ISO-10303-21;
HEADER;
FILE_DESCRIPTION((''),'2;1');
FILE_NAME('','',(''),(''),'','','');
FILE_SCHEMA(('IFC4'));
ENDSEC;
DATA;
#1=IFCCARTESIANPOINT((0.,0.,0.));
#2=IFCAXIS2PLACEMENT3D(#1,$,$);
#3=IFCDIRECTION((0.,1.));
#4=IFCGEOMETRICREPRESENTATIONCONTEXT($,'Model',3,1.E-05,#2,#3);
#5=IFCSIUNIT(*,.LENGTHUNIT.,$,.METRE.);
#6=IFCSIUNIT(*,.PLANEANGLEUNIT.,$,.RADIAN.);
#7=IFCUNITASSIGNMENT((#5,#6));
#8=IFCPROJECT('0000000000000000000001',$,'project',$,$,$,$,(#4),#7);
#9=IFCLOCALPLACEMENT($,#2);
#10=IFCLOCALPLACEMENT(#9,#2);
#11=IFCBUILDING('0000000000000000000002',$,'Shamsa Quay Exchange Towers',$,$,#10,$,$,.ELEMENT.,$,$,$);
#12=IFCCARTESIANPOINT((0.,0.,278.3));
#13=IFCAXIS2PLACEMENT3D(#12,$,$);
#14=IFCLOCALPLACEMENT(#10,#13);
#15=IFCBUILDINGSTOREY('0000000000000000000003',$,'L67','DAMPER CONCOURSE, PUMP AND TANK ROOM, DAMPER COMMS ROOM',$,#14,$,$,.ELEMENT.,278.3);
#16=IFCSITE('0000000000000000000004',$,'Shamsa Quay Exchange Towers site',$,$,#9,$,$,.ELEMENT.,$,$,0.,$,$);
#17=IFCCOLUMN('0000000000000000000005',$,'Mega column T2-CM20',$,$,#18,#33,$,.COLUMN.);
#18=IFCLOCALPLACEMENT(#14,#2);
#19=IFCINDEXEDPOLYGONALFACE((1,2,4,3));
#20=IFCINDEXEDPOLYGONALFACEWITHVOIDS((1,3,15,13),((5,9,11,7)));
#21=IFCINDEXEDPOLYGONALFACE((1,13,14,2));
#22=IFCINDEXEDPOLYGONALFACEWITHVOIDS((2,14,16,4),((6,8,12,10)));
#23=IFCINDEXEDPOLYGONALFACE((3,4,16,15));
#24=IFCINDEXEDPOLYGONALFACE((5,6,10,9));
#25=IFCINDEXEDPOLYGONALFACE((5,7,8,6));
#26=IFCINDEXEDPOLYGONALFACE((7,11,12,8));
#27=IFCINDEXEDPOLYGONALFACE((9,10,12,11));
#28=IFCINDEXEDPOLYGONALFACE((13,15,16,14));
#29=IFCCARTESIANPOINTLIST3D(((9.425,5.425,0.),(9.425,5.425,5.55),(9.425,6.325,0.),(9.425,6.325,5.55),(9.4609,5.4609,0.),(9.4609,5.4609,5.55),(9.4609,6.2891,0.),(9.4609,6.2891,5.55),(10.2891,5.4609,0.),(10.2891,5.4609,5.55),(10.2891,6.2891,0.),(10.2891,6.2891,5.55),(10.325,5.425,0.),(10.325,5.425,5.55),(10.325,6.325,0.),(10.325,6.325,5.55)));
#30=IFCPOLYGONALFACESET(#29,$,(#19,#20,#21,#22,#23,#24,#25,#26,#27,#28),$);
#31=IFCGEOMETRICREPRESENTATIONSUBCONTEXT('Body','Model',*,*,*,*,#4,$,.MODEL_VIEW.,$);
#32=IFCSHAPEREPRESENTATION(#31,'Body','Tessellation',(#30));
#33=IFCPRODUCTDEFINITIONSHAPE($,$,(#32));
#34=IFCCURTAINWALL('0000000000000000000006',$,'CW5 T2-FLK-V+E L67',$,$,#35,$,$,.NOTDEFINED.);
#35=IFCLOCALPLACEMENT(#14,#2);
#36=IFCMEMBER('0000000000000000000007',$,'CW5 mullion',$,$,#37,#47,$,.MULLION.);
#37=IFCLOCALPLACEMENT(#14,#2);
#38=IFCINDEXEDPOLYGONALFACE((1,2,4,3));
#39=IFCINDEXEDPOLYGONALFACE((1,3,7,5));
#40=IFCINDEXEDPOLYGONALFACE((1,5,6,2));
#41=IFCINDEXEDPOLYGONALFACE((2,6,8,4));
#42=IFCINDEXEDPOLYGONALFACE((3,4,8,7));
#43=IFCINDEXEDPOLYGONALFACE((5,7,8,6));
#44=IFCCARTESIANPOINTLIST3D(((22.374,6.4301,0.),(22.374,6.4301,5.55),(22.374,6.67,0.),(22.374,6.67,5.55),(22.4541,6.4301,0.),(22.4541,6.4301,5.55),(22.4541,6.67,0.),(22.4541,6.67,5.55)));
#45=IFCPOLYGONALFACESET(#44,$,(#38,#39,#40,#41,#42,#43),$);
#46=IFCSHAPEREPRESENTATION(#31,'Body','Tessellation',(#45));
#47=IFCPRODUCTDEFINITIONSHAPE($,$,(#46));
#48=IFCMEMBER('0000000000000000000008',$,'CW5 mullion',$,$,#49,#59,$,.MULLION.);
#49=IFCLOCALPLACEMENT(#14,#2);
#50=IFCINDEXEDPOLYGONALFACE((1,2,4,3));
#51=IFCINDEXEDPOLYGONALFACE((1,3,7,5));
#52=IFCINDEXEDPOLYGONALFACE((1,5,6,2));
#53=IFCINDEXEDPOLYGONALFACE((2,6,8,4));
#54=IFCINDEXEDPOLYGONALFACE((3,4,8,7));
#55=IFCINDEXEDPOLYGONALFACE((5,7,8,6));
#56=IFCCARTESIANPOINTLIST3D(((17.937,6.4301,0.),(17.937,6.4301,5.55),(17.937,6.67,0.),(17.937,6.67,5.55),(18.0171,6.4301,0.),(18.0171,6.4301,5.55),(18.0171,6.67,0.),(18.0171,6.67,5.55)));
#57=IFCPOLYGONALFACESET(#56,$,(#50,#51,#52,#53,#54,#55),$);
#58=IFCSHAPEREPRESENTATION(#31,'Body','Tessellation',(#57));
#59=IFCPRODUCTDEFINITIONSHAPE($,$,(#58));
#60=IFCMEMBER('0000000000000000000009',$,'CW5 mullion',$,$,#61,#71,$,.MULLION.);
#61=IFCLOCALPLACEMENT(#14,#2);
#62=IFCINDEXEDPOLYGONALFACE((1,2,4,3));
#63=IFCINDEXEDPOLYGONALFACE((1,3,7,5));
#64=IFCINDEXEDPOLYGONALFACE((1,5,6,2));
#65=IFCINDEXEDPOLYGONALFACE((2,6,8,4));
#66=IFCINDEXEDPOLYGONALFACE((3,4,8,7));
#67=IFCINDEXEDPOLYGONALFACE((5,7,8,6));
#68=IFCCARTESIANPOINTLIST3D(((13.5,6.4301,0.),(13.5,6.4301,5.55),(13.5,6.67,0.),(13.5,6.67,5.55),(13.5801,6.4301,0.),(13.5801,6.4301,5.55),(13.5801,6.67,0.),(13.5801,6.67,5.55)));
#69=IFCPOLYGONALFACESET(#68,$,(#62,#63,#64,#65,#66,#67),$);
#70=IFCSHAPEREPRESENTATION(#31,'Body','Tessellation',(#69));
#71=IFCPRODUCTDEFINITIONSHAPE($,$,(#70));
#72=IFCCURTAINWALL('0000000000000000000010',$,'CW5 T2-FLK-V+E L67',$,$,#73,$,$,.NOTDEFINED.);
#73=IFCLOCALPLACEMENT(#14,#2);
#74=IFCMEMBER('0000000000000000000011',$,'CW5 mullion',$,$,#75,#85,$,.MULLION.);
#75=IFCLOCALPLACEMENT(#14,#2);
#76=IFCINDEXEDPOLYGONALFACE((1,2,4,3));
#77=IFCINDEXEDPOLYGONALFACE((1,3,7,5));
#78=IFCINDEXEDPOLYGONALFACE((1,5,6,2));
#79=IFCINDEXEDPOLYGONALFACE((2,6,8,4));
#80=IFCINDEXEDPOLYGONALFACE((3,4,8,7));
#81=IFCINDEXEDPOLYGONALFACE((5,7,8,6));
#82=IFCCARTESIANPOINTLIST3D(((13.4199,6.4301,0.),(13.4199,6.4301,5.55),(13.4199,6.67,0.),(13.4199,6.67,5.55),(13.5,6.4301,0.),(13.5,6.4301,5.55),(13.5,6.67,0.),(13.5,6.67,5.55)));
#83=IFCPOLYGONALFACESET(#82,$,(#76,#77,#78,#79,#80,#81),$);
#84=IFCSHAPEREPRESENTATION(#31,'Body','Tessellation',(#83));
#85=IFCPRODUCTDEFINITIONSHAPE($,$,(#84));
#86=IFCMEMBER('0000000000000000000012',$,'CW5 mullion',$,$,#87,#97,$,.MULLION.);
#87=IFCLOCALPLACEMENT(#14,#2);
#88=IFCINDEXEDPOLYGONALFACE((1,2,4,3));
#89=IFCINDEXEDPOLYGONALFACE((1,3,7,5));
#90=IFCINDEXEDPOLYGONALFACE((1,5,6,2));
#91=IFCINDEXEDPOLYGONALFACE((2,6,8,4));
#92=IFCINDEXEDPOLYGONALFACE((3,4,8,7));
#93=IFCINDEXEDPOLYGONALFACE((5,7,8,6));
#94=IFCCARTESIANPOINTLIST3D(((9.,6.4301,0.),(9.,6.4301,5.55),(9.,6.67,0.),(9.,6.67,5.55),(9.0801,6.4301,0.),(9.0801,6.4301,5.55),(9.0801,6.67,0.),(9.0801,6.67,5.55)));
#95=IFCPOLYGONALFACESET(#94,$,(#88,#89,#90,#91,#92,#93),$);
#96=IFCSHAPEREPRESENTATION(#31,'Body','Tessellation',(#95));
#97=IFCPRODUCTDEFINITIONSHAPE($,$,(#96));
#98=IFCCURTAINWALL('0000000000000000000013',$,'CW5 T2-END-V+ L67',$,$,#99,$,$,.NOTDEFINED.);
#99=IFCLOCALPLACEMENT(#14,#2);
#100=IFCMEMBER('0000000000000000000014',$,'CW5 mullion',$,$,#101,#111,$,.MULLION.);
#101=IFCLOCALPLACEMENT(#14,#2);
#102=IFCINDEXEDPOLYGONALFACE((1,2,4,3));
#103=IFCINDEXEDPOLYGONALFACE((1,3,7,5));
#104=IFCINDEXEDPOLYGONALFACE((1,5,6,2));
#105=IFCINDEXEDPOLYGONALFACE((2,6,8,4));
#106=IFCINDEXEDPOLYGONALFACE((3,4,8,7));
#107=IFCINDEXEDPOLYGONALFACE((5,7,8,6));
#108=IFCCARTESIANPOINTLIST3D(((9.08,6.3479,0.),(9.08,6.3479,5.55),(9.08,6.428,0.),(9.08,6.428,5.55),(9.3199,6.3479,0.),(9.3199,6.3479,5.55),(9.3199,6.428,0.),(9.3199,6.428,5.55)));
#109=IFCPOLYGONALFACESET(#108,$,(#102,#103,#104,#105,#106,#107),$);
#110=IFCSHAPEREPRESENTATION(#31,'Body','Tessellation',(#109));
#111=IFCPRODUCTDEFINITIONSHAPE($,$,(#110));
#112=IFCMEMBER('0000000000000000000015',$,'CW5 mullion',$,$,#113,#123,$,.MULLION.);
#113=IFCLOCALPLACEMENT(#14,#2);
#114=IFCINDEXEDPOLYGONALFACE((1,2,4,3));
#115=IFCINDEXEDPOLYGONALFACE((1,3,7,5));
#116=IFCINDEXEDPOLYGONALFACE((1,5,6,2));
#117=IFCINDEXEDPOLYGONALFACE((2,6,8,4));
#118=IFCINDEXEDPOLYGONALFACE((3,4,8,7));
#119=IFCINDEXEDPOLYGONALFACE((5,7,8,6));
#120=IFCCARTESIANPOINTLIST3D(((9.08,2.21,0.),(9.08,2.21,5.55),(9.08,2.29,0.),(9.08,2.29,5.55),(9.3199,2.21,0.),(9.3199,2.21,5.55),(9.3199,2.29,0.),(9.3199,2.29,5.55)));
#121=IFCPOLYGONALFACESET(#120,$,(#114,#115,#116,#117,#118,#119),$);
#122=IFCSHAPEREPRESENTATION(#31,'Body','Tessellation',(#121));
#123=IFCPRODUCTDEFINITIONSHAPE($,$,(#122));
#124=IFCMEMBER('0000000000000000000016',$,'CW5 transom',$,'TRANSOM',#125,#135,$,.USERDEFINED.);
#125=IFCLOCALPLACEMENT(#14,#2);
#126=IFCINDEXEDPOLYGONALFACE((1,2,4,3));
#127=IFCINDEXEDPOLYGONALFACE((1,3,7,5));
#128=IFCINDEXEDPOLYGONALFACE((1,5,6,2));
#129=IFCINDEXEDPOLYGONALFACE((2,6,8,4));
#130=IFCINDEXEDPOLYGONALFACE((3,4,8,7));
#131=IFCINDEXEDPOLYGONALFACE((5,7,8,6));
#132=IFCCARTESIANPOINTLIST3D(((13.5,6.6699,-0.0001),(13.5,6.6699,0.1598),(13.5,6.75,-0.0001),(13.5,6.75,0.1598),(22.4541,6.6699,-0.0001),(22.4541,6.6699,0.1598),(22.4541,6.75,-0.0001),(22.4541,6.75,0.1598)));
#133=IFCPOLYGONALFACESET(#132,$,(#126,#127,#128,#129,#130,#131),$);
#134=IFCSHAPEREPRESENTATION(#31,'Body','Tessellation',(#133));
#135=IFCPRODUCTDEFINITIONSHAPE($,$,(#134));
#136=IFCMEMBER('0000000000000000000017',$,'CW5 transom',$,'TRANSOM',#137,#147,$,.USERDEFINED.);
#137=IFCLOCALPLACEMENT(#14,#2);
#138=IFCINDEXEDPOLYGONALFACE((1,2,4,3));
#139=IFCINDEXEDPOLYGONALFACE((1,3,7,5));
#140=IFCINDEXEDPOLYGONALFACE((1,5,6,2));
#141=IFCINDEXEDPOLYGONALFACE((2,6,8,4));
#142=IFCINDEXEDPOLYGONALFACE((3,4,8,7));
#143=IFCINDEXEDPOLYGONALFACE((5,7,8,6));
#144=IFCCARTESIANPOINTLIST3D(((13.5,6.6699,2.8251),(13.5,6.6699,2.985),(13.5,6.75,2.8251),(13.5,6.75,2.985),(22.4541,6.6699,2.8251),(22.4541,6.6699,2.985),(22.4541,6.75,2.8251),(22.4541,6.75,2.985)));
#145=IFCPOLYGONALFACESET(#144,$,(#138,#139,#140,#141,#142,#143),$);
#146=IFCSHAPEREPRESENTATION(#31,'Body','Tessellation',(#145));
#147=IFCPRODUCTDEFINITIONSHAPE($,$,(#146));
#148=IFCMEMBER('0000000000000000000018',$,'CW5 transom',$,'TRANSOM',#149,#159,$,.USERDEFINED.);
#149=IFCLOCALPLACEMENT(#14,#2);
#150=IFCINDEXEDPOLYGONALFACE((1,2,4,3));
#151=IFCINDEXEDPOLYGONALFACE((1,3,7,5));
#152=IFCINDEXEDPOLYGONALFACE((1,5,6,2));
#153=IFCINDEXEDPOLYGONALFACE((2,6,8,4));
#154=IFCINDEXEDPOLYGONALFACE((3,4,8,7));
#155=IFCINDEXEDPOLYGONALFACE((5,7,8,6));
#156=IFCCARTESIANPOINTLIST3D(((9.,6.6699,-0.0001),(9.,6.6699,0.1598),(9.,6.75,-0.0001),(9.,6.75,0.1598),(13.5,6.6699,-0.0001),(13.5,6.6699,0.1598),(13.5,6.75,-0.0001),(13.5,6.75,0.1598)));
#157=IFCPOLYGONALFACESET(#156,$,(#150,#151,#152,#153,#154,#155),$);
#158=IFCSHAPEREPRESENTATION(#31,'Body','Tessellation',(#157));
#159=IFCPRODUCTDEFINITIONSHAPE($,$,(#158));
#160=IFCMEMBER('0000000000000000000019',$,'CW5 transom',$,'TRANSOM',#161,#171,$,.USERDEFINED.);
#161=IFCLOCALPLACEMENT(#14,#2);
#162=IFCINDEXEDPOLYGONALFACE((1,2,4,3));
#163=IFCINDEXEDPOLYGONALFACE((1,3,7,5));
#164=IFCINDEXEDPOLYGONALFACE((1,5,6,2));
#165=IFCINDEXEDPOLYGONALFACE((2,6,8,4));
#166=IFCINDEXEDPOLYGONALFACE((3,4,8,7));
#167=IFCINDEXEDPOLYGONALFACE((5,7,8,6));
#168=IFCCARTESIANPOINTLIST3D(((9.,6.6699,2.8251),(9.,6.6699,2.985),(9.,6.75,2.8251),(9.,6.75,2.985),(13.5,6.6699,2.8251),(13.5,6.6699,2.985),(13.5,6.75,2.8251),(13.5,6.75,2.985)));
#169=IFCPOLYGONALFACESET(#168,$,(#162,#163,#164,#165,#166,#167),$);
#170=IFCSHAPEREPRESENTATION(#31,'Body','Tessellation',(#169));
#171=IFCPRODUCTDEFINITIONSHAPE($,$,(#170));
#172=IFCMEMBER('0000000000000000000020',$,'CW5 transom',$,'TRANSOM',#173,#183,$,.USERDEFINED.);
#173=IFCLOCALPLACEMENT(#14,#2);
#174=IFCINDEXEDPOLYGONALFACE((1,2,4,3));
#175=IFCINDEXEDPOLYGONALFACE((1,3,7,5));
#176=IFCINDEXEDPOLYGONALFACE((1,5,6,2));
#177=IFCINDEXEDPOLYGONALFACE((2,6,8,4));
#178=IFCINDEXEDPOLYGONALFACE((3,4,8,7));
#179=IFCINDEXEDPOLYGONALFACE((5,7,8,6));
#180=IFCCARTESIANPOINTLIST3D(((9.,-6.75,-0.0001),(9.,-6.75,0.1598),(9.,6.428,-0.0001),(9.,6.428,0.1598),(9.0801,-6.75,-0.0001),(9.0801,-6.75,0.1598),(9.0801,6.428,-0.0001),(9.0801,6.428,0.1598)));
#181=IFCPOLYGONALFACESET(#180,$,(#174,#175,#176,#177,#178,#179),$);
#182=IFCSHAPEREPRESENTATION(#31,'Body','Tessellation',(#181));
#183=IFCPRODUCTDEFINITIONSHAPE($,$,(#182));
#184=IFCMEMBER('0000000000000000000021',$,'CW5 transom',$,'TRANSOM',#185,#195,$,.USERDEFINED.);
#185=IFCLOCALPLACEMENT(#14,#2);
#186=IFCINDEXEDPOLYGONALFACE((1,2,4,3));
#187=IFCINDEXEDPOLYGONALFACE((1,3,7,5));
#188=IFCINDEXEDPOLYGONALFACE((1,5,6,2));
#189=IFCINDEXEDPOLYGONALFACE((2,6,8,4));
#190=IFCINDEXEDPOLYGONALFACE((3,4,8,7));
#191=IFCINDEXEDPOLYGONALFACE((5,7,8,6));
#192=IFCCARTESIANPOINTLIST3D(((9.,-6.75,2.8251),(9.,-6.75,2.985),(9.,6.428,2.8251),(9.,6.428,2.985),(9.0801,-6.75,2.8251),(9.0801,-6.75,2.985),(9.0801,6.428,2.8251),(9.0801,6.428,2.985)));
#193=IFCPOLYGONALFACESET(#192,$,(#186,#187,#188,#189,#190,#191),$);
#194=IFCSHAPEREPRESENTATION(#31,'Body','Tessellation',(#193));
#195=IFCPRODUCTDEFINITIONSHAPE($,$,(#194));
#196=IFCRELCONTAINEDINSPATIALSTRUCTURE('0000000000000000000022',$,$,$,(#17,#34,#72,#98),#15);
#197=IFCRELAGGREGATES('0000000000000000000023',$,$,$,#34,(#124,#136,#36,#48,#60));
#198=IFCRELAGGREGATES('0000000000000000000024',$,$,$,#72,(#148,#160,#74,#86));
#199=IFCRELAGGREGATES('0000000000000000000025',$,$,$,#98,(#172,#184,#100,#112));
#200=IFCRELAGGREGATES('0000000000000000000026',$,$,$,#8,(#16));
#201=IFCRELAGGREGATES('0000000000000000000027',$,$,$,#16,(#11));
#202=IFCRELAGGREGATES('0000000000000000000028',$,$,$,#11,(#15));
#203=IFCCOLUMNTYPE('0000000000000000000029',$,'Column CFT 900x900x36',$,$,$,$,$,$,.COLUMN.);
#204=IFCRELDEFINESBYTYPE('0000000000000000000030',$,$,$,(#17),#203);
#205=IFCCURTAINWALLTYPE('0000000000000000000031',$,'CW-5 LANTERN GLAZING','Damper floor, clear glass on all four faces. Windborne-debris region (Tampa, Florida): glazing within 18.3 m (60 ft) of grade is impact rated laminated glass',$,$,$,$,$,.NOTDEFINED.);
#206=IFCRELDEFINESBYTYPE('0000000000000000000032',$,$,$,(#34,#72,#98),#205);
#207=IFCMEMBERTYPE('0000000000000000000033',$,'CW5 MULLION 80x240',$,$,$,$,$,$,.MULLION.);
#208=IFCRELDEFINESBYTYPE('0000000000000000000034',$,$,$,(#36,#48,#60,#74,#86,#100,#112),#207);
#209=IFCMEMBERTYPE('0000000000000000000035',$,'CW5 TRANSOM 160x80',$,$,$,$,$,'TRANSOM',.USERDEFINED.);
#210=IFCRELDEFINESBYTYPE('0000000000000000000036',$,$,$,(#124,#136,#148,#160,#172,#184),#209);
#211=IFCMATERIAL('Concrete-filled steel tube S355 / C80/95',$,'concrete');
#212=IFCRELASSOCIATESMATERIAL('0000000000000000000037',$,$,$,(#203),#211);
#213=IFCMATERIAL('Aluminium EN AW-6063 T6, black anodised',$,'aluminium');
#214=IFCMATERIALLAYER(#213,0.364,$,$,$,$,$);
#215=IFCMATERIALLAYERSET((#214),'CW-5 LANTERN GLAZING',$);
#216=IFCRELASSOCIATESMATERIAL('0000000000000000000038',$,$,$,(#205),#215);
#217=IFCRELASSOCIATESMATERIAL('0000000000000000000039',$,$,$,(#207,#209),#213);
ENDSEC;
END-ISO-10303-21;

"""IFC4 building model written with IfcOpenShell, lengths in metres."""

from ifc_helpers import new_model, si_unit, direction, frame, origin, origin_2d, place, context, subcontext, project, spatial, rectangle, hollow_rectangle, extrude, material, layer, layer_set, material_profile, profile_set, type_object, element, aggregate, save


model = new_model("IFC4")

# Units and contexts
model_context = context("Model", 3, precision=1e-05, world=origin(), true_north=direction((0.0, 1.0)))
body_context = subcontext(model_context, "Body", "Model", "MODEL_VIEW")
ifc_project = project(units=[si_unit("LENGTHUNIT", "METRE"), si_unit("PLANEANGLEUNIT", "RADIAN")], contexts=[model_context])

# Site, building, storey
site_placement = place(None, origin())
site = spatial("IfcSite", under=ifc_project, at=site_placement, Name="Shamsa Quay Exchange Towers site", CompositionType="ELEMENT", RefElevation=0.0)
building_placement = place(site_placement, origin())
building = spatial("IfcBuilding", under=site, at=building_placement, Name="Shamsa Quay Exchange Towers", CompositionType="ELEMENT")
storey_placement = place(building_placement, frame((0.0, 0.0, 278.3)))
storey = spatial("IfcBuildingStorey", under=building, at=storey_placement, Name="L67", Description="DAMPER CONCOURSE, PUMP AND TANK ROOM, DAMPER COMMS ROOM", CompositionType="ELEMENT", Elevation=278.3)

# Column
ifc_material_1 = material(Name="Concrete-filled steel tube S355 / C80/95", Category="concrete")
ifc_material_profile_1 = material_profile(ifc_material_1, hollow_rectangle(XDim=0.8999, YDim=0.8999, WallThickness=0.0359, at=origin_2d()), Name="CFT 900x900x36")
ifc_profile_set_1 = profile_set([ifc_material_profile_1], Name="Concrete-filled steel tube S355 / C80/95")
column_type = type_object("IfcColumnType", Name="Column CFT 900x900x36", PredefinedType="COLUMN", material=ifc_profile_set_1)
column_placement = place(storey_placement, frame((9.875, 5.875, 0.0)))
element("IfcColumn", 1, at=column_placement, inside=storey, type_object=column_type, Name="Mega column T2-CM20", PredefinedType="COLUMN", context=body_context, shape_type="SweptSolid", body=[
    extrude(hollow_rectangle(XDim=0.8999, YDim=0.8999, WallThickness=0.0359, at=origin_2d()), origin(), (0.0, 0.0, 1.0), 5.55),
])

# Curtain walls, members
ifc_material_2 = material(Name="Aluminium EN AW-6063 T6, black anodised", Category="aluminium")
ifc_layer_1 = layer(ifc_material_2, 0.364)
ifc_layer_set_1 = layer_set([ifc_layer_1], Name="CW-5 LANTERN GLAZING")
curtain_wall_type = type_object("IfcCurtainWallType", Name="CW-5 LANTERN GLAZING", Description="Damper floor, clear glass on all four faces. Windborne-debris region (Tampa, Florida): glazing within 18.3 m (60 ft) of grade is impact rated laminated glass", PredefinedType="NOTDEFINED", material=ifc_layer_set_1)
curtain_wall_1_placement = place(storey_placement, origin())
curtain_wall_1 = element("IfcCurtainWall", 2, at=curtain_wall_1_placement, inside=storey, type_object=curtain_wall_type, Name="CW5 T2-FLK-V+E L67", PredefinedType="NOTDEFINED")
ifc_material_profile_2 = material_profile(ifc_material_2, rectangle(XDim=0.24, YDim=0.0801, at=origin_2d()), Name="MU80x240")
ifc_profile_set_2 = profile_set([ifc_material_profile_2], Name="Aluminium EN AW-6063 T6, black anodised")
member_type_1 = type_object("IfcMemberType", Name="CW5 MULLION 80x240", PredefinedType="MULLION", material=ifc_profile_set_2)
member_1_placement = place(storey_placement, frame((22.4141, 6.55, 0.0), z_axis=(0.0, 0.0, 1.0), x_axis=(0.0, -1.0, 0.0)))
member_1 = element("IfcMember", 3, at=member_1_placement, type_object=member_type_1, Name="CW5 mullion", PredefinedType="MULLION", context=body_context, shape_type="SweptSolid", body=[
    extrude(rectangle(XDim=0.24, YDim=0.0801, at=origin_2d()), origin(), (0.0, 0.0, 1.0), 5.55),
])
member_2_placement = place(storey_placement, frame((17.9771, 6.55, 0.0), z_axis=(0.0, 0.0, 1.0), x_axis=(0.0, -1.0, 0.0)))
member_2 = element("IfcMember", 4, at=member_2_placement, type_object=member_type_1, Name="CW5 mullion", PredefinedType="MULLION", context=body_context, shape_type="SweptSolid", body=[
    extrude(rectangle(XDim=0.24, YDim=0.0801, at=origin_2d()), origin(), (0.0, 0.0, 1.0), 5.55),
])
member_3_placement = place(storey_placement, frame((13.54, 6.55, 0.0), z_axis=(0.0, 0.0, 1.0), x_axis=(0.0, -1.0, 0.0)))
member_3 = element("IfcMember", 5, at=member_3_placement, type_object=member_type_1, Name="CW5 mullion", PredefinedType="MULLION", context=body_context, shape_type="SweptSolid", body=[
    extrude(rectangle(XDim=0.24, YDim=0.0801, at=origin_2d()), origin(), (0.0, 0.0, 1.0), 5.55),
])
curtain_wall_2_placement = place(storey_placement, origin())
curtain_wall_2 = element("IfcCurtainWall", 6, at=curtain_wall_2_placement, inside=storey, type_object=curtain_wall_type, Name="CW5 T2-FLK-V+E L67", PredefinedType="NOTDEFINED")
member_4_placement = place(storey_placement, frame((13.46, 6.55, 0.0), z_axis=(0.0, 0.0, 1.0), x_axis=(0.0, -1.0, 0.0)))
member_4 = element("IfcMember", 7, at=member_4_placement, type_object=member_type_1, Name="CW5 mullion", PredefinedType="MULLION", context=body_context, shape_type="SweptSolid", body=[
    extrude(rectangle(XDim=0.24, YDim=0.0801, at=origin_2d()), origin(), (0.0, 0.0, 1.0), 5.55),
])
member_5_placement = place(storey_placement, frame((9.04, 6.55, 0.0), z_axis=(0.0, 0.0, 1.0), x_axis=(0.0, -1.0, 0.0)))
member_5 = element("IfcMember", 8, at=member_5_placement, type_object=member_type_1, Name="CW5 mullion", PredefinedType="MULLION", context=body_context, shape_type="SweptSolid", body=[
    extrude(rectangle(XDim=0.24, YDim=0.0801, at=origin_2d()), origin(), (0.0, 0.0, 1.0), 5.55),
])
curtain_wall_3_placement = place(storey_placement, origin())
curtain_wall_3 = element("IfcCurtainWall", 9, at=curtain_wall_3_placement, inside=storey, type_object=curtain_wall_type, Name="CW5 T2-END-V+ L67", PredefinedType="NOTDEFINED")
member_6_placement = place(storey_placement, frame((9.2, 6.3879, 0.0)))
member_6 = element("IfcMember", 10, at=member_6_placement, type_object=member_type_1, Name="CW5 mullion", PredefinedType="MULLION", context=body_context, shape_type="SweptSolid", body=[
    extrude(rectangle(XDim=0.24, YDim=0.0801, at=origin_2d()), origin(), (0.0, 0.0, 1.0), 5.55),
])
member_7_placement = place(storey_placement, frame((9.2, 2.25, 0.0)))
member_7 = element("IfcMember", 11, at=member_7_placement, type_object=member_type_1, Name="CW5 mullion", PredefinedType="MULLION", context=body_context, shape_type="SweptSolid", body=[
    extrude(rectangle(XDim=0.24, YDim=0.0801, at=origin_2d()), origin(), (0.0, 0.0, 1.0), 5.55),
])

# Members
ifc_material_profile_3 = material_profile(ifc_material_2, rectangle(XDim=0.0801, YDim=0.1599, at=origin_2d()), Name="TR160x80")
ifc_profile_set_3 = profile_set([ifc_material_profile_3], Name="Aluminium EN AW-6063 T6, black anodised")
member_type_2 = type_object("IfcMemberType", Name="CW5 TRANSOM 160x80", ElementType="TRANSOM", PredefinedType="USERDEFINED", material=ifc_profile_set_3)
member_8_placement = place(storey_placement, frame((22.4541, 6.71, 0.0798), z_axis=(-1.0, 0.0, 0.0), x_axis=(0.0, -1.0, 0.0)))
member_8 = element("IfcMember", 12, at=member_8_placement, type_object=member_type_2, Name="CW5 transom", ObjectType="TRANSOM", PredefinedType="USERDEFINED", context=body_context, shape_type="SweptSolid", body=[
    extrude(rectangle(XDim=0.0801, YDim=0.1599, at=origin_2d()), origin(), (0.0, 0.0, 1.0), 8.9541),
])
member_9_placement = place(storey_placement, frame((22.4541, 6.71, 2.905), z_axis=(-1.0, 0.0, 0.0), x_axis=(0.0, -1.0, 0.0)))
member_9 = element("IfcMember", 13, at=member_9_placement, type_object=member_type_2, Name="CW5 transom", ObjectType="TRANSOM", PredefinedType="USERDEFINED", context=body_context, shape_type="SweptSolid", body=[
    extrude(rectangle(XDim=0.0801, YDim=0.1599, at=origin_2d()), origin(), (0.0, 0.0, 1.0), 8.9541),
])
member_10_placement = place(storey_placement, frame((13.5, 6.71, 0.0798), z_axis=(-1.0, 0.0, 0.0), x_axis=(0.0, -1.0, 0.0)))
member_10 = element("IfcMember", 14, at=member_10_placement, type_object=member_type_2, Name="CW5 transom", ObjectType="TRANSOM", PredefinedType="USERDEFINED", context=body_context, shape_type="SweptSolid", body=[
    extrude(rectangle(XDim=0.0801, YDim=0.1599, at=origin_2d()), origin(), (0.0, 0.0, 1.0), 4.5),
])
member_11_placement = place(storey_placement, frame((13.5, 6.71, 2.905), z_axis=(-1.0, 0.0, 0.0), x_axis=(0.0, -1.0, 0.0)))
member_11 = element("IfcMember", 15, at=member_11_placement, type_object=member_type_2, Name="CW5 transom", ObjectType="TRANSOM", PredefinedType="USERDEFINED", context=body_context, shape_type="SweptSolid", body=[
    extrude(rectangle(XDim=0.0801, YDim=0.1599, at=origin_2d()), origin(), (0.0, 0.0, 1.0), 4.5),
])
member_12_placement = place(storey_placement, frame((9.04, 6.428, 0.0798), z_axis=(0.0, -1.0, 0.0), x_axis=(1.0, 0.0, 0.0)))
member_12 = element("IfcMember", 16, at=member_12_placement, type_object=member_type_2, Name="CW5 transom", ObjectType="TRANSOM", PredefinedType="USERDEFINED", context=body_context, shape_type="SweptSolid", body=[
    extrude(rectangle(XDim=0.0801, YDim=0.1599, at=origin_2d()), origin(), (0.0, 0.0, 1.0), 13.178),
])
member_13_placement = place(storey_placement, frame((9.04, 6.428, 2.905), z_axis=(0.0, -1.0, 0.0), x_axis=(1.0, 0.0, 0.0)))
member_13 = element("IfcMember", 17, at=member_13_placement, type_object=member_type_2, Name="CW5 transom", ObjectType="TRANSOM", PredefinedType="USERDEFINED", context=body_context, shape_type="SweptSolid", body=[
    extrude(rectangle(XDim=0.0801, YDim=0.1599, at=origin_2d()), origin(), (0.0, 0.0, 1.0), 13.178),
])

aggregate(curtain_wall_1, [member_8, member_9, member_1, member_2, member_3])
aggregate(curtain_wall_2, [member_10, member_11, member_4, member_5])
aggregate(curtain_wall_3, [member_12, member_13, member_6, member_7])

save(model, "model.ifc")
